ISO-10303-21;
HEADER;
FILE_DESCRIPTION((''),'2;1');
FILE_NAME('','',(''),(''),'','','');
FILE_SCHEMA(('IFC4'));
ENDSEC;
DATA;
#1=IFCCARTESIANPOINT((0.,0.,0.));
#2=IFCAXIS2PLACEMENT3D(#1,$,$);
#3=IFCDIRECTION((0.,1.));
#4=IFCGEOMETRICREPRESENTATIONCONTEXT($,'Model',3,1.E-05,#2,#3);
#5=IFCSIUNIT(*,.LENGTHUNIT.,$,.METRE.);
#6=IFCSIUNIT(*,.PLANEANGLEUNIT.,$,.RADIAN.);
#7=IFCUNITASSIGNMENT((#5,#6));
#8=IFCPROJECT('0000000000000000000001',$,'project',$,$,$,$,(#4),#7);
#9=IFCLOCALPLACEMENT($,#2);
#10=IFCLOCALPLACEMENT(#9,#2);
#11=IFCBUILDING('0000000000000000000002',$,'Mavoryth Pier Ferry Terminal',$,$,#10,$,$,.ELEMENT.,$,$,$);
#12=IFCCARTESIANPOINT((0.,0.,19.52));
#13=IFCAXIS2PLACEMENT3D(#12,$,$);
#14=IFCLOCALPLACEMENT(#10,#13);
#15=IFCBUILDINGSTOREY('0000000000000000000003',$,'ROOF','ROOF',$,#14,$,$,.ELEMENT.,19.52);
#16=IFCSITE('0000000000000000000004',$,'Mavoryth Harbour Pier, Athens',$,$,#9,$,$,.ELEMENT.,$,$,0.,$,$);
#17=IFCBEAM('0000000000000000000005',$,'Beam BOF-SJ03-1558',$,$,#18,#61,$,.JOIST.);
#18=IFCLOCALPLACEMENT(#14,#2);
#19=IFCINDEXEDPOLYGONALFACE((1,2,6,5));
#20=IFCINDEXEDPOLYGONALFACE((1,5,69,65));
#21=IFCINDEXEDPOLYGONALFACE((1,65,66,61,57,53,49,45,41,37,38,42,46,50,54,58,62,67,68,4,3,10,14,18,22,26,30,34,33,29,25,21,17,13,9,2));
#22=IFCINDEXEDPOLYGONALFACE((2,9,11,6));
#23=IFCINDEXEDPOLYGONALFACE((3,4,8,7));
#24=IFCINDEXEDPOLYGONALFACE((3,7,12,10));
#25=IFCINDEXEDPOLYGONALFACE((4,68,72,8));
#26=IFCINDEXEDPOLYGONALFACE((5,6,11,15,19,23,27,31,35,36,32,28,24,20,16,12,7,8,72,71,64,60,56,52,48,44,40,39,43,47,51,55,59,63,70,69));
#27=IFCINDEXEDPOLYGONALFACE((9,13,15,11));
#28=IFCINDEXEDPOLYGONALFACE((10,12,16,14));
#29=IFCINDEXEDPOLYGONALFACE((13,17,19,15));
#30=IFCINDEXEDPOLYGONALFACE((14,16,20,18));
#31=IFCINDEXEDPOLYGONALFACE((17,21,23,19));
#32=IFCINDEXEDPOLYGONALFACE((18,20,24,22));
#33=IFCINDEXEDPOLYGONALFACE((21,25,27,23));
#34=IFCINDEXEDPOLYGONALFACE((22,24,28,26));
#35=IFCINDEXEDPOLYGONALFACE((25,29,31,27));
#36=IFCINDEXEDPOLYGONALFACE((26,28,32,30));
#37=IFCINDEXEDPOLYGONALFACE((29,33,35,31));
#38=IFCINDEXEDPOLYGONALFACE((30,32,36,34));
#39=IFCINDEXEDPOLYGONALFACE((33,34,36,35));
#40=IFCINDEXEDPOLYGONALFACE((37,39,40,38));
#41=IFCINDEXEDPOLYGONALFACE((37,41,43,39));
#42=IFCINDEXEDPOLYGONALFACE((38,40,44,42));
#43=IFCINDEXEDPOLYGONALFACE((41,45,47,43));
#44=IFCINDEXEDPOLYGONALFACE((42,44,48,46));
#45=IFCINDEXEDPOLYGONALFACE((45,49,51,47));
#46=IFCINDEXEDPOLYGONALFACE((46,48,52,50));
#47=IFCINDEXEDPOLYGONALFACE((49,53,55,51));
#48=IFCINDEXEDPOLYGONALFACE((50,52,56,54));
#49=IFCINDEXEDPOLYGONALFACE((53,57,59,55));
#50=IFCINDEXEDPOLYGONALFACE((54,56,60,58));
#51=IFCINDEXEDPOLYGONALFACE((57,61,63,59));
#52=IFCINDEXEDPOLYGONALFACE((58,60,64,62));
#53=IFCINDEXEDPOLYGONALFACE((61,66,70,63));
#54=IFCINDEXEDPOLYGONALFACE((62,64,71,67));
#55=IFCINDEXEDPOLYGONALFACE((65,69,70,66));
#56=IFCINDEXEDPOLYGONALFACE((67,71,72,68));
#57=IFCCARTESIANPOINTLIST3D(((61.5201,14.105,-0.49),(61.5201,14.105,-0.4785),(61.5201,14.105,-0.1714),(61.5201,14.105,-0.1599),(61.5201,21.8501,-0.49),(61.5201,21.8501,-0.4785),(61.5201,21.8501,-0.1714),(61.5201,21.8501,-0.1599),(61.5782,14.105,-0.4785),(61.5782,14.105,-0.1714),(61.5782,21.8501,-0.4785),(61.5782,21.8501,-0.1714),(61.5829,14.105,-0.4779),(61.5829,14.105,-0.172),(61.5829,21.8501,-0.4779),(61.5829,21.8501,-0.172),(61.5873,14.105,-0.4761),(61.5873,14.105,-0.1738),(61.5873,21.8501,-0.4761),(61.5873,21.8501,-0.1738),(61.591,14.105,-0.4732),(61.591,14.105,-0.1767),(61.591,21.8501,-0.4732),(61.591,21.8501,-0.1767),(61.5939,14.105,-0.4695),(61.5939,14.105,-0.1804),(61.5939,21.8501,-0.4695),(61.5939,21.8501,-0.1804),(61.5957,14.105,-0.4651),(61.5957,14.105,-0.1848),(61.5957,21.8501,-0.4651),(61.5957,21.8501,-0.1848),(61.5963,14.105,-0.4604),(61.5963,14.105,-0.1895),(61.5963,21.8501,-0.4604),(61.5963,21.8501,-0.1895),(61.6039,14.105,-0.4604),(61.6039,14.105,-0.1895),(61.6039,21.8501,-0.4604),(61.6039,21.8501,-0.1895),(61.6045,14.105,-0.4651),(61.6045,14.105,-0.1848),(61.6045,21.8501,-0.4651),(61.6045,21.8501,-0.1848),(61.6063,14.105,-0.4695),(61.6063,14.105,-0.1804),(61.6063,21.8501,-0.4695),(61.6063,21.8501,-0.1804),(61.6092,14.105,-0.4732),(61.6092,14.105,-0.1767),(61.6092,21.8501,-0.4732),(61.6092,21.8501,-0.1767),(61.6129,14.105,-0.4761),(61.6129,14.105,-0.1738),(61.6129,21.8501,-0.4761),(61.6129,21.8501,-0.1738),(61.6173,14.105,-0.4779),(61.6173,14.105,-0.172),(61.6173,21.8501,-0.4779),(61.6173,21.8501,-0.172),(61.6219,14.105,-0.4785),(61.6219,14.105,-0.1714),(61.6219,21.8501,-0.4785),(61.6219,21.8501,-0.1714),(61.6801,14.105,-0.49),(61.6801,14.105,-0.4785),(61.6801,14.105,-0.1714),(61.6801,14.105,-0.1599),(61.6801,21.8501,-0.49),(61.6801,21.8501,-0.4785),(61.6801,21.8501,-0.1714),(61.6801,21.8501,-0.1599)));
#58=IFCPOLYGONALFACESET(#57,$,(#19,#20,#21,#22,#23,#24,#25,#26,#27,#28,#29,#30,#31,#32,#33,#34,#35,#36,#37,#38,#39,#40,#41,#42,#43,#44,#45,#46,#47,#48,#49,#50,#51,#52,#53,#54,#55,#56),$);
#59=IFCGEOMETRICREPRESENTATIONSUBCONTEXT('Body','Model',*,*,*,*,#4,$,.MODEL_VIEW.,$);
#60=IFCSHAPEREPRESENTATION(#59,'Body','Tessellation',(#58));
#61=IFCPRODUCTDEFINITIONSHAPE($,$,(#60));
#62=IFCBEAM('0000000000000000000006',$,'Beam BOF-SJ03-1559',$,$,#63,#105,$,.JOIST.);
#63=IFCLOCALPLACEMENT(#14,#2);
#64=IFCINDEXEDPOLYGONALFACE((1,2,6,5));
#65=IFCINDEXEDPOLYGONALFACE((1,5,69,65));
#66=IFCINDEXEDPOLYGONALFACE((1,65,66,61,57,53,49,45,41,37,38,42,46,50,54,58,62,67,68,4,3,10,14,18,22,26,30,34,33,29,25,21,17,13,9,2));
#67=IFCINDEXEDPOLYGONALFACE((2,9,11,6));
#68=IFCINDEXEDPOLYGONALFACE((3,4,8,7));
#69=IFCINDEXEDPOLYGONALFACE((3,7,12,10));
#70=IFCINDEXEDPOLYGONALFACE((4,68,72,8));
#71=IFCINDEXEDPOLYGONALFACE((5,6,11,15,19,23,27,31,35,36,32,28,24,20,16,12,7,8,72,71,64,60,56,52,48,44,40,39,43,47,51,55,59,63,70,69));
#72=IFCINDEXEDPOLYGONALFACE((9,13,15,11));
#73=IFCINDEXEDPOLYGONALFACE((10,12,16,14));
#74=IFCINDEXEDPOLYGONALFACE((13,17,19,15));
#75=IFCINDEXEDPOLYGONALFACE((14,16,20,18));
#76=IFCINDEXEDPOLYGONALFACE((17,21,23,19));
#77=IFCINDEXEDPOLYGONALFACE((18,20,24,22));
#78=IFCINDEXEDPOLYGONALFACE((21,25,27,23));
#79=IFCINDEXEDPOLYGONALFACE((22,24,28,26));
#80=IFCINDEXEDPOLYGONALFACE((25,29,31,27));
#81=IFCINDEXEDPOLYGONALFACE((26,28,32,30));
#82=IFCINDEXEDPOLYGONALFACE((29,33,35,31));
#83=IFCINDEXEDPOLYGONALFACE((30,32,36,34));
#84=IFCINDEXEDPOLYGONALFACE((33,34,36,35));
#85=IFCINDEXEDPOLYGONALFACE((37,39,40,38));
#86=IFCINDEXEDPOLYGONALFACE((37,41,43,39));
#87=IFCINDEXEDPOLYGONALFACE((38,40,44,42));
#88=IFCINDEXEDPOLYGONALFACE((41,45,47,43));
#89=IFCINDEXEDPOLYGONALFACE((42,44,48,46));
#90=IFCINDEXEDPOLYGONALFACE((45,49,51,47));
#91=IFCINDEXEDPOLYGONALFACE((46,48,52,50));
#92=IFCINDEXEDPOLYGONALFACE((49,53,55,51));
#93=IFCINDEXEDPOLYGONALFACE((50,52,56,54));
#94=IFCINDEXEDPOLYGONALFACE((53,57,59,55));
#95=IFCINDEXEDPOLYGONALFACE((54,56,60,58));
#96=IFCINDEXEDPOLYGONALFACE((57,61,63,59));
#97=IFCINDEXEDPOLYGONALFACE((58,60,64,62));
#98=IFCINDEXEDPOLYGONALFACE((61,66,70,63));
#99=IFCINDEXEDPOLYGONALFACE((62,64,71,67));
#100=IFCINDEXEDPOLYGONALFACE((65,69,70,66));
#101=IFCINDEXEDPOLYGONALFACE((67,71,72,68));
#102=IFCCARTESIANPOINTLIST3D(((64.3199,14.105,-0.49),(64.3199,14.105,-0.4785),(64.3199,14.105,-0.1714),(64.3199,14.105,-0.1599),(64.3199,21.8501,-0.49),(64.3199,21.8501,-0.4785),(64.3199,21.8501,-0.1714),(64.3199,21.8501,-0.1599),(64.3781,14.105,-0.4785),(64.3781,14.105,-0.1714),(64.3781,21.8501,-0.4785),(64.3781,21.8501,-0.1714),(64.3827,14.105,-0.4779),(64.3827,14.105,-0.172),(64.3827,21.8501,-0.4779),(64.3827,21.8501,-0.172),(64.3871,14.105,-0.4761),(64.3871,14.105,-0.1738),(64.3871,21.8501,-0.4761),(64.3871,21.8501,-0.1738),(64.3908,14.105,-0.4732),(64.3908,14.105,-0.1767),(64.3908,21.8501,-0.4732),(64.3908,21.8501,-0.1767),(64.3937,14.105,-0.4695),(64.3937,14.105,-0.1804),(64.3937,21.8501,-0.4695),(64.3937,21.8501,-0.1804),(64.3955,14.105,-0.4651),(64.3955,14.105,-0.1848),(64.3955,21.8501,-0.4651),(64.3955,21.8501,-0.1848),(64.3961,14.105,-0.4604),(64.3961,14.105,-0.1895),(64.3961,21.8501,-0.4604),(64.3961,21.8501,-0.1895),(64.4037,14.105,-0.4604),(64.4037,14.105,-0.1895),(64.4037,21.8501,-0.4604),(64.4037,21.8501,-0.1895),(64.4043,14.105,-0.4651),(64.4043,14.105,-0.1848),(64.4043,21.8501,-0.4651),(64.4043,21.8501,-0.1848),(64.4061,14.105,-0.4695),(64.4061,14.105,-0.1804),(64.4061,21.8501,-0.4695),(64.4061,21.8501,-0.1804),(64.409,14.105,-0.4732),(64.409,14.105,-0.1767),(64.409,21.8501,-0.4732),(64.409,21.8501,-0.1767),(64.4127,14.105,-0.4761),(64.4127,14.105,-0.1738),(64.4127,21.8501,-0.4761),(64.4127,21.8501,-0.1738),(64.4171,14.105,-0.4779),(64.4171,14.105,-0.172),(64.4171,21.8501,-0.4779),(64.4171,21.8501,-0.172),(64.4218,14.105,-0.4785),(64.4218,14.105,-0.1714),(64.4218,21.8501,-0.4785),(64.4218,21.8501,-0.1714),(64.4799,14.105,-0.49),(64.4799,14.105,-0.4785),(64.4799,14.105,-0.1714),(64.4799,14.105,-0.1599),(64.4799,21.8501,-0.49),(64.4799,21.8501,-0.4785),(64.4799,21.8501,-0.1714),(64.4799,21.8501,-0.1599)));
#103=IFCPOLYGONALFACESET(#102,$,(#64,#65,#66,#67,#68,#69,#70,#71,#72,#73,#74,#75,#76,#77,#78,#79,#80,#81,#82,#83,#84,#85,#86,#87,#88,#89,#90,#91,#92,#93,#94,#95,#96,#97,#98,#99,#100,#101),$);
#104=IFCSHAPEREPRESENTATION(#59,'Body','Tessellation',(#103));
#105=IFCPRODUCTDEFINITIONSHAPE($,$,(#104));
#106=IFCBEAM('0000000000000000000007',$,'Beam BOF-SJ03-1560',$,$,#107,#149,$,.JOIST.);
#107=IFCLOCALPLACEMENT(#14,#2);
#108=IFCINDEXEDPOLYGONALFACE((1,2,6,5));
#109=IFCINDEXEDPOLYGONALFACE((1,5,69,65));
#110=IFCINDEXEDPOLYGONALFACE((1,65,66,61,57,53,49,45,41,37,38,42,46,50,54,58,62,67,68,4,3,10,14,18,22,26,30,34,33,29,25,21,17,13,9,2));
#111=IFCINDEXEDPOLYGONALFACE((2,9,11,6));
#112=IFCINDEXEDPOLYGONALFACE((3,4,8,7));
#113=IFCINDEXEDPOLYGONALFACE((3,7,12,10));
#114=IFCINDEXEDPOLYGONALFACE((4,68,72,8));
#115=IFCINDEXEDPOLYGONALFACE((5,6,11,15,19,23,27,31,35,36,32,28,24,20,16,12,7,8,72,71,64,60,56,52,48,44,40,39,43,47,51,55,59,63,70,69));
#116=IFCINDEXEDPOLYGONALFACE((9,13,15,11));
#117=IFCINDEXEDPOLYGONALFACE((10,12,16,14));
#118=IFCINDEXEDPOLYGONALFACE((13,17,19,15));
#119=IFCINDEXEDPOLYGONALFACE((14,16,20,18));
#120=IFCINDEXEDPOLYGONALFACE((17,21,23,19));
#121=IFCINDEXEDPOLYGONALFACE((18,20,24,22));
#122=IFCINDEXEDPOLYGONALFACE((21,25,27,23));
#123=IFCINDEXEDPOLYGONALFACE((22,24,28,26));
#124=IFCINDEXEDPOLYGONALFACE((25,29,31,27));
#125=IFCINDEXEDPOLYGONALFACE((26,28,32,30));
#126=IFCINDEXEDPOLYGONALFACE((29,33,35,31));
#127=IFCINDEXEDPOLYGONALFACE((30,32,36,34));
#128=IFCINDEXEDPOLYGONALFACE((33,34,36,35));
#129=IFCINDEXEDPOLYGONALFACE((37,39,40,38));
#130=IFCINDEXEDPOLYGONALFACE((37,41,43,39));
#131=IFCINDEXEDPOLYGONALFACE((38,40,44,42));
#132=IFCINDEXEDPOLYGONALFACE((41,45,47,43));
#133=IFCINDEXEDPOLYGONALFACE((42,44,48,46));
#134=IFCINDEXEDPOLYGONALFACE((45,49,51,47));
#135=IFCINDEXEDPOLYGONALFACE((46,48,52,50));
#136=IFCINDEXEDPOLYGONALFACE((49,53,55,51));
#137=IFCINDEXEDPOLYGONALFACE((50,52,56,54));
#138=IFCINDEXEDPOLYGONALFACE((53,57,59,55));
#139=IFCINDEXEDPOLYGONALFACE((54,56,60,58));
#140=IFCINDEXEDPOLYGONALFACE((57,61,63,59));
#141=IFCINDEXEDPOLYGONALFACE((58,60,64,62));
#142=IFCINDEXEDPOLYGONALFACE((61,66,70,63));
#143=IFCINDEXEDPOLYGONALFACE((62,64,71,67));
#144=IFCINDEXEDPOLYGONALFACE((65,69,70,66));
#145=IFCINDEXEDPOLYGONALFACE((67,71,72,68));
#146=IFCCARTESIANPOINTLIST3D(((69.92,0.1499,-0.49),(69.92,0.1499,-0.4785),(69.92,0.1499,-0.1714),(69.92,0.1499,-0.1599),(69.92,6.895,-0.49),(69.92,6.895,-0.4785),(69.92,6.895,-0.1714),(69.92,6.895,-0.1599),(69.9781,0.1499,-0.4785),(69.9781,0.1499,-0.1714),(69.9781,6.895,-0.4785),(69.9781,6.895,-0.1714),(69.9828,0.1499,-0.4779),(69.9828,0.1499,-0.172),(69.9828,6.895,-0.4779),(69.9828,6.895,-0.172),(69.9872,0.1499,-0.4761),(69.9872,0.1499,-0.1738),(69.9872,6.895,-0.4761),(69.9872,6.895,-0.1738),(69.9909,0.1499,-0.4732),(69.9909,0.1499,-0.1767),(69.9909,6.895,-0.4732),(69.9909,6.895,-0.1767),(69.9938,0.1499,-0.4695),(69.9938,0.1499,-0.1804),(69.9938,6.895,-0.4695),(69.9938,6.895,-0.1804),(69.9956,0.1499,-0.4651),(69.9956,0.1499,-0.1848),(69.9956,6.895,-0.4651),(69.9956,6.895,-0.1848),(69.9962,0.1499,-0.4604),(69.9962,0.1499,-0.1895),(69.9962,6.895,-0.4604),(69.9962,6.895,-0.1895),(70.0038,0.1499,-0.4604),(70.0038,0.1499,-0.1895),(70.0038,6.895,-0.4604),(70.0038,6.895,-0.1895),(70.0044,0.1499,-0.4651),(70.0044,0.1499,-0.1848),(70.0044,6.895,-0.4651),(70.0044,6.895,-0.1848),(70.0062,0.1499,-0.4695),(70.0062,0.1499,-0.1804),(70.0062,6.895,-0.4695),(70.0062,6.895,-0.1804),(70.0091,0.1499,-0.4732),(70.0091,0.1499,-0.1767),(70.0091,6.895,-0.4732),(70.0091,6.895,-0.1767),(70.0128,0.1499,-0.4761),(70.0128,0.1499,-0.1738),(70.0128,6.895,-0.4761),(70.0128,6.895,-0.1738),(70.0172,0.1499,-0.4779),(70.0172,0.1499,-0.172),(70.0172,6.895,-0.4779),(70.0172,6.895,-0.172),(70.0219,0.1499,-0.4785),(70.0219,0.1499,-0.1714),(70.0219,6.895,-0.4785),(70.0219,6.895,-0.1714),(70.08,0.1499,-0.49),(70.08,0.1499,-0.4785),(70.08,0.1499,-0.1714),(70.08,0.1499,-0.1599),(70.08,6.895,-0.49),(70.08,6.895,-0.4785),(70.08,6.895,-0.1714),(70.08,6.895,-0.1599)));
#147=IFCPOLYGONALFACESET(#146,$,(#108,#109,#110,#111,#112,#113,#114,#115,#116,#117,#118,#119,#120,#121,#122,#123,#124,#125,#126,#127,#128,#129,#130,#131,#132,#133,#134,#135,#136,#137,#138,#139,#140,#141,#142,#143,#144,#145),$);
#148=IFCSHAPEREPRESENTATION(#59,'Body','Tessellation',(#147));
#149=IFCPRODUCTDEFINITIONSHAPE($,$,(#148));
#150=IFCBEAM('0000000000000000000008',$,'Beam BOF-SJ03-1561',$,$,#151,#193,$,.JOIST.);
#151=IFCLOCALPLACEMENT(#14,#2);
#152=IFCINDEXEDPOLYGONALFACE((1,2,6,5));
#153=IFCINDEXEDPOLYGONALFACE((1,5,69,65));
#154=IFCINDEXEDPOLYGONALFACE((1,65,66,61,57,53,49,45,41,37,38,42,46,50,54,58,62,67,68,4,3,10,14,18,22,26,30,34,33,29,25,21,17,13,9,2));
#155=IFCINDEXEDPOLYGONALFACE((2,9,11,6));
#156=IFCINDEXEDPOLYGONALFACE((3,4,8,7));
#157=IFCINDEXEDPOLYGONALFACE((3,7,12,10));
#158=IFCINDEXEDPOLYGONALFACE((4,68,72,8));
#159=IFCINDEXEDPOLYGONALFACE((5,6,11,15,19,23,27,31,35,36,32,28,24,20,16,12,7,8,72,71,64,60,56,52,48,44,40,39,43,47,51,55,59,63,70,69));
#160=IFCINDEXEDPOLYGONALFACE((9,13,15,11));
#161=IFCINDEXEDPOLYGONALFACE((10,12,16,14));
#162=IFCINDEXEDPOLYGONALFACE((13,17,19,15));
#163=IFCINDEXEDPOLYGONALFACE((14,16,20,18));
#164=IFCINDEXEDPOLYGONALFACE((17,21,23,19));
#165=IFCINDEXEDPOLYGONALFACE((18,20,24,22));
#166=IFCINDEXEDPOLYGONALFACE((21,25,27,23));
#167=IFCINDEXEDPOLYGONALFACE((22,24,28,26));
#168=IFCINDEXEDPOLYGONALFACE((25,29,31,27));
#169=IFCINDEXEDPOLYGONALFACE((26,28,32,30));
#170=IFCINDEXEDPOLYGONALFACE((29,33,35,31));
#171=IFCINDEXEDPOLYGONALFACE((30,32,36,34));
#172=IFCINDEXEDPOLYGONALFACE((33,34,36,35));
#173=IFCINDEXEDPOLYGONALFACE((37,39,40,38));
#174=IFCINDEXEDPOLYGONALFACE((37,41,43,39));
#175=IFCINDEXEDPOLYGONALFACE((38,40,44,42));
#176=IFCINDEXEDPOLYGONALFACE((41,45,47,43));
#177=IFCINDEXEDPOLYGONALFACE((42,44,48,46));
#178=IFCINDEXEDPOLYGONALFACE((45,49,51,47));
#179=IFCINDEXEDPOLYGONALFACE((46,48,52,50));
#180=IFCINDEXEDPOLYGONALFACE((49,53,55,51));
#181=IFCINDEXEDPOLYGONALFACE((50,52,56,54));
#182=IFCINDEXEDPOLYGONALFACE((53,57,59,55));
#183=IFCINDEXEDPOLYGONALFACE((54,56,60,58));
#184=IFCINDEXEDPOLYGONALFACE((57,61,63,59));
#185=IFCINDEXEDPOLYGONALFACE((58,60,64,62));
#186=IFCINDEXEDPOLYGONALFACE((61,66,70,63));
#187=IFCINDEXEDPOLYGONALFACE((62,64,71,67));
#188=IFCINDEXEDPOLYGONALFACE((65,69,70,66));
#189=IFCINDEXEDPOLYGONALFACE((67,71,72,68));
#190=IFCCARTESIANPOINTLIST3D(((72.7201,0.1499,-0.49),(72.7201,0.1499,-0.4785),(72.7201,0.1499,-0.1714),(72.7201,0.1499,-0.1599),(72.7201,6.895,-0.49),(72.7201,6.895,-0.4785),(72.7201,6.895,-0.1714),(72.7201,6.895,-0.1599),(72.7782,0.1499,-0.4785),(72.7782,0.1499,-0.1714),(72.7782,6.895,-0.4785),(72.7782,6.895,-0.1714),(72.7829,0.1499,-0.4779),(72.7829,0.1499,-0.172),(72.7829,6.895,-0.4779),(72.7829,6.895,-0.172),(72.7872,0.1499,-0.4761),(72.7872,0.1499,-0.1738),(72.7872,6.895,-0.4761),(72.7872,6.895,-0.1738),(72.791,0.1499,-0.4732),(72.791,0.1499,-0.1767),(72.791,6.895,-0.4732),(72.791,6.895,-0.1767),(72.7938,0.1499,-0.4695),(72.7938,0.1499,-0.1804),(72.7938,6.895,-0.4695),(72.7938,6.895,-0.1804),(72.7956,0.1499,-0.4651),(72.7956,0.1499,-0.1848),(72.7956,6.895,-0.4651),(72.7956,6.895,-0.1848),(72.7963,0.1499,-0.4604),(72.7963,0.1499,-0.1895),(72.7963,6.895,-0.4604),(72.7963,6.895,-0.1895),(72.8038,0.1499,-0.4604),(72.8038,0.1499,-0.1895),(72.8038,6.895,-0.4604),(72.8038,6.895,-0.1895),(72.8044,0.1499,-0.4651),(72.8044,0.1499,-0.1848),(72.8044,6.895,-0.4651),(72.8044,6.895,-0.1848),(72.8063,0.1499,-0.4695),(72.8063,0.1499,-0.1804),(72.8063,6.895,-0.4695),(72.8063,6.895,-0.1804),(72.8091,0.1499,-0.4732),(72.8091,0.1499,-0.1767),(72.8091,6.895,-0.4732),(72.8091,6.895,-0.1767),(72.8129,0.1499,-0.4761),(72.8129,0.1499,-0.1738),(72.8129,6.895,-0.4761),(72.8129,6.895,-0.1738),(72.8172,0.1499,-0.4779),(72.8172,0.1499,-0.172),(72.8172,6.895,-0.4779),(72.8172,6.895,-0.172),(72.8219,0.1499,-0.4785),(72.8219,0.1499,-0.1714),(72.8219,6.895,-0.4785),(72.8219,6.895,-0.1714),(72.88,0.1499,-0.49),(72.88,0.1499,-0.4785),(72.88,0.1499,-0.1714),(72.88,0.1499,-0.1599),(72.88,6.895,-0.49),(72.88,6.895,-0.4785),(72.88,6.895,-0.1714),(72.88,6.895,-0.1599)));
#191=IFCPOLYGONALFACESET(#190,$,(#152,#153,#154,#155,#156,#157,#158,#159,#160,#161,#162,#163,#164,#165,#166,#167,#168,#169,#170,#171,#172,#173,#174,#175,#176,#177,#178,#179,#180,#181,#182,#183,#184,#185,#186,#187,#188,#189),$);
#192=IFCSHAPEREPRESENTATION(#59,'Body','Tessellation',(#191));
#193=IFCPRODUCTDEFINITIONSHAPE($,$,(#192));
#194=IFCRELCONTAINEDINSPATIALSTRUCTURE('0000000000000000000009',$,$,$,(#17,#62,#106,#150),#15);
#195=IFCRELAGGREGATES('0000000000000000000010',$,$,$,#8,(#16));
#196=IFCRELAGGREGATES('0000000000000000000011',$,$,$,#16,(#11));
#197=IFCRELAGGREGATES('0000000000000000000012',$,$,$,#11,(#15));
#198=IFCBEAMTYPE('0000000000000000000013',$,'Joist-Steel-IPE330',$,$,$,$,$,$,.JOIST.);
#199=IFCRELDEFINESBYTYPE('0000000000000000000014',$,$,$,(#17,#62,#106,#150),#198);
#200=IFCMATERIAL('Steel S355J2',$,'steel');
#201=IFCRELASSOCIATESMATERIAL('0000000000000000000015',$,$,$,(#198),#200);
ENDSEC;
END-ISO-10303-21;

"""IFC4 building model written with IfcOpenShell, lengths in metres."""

from ifc_helpers import new_model, si_unit, direction, frame, origin, origin_2d, place, context, subcontext, project, spatial, i_section, extrude, material, material_profile, profile_set, type_object, element, save


model = new_model("IFC4")

# Units and contexts
model_context = context("Model", 3, precision=1e-05, world=origin(), true_north=direction((0.0, 1.0)))
body_context = subcontext(model_context, "Body", "Model", "MODEL_VIEW")
ifc_project = project(units=[si_unit("LENGTHUNIT", "METRE"), si_unit("PLANEANGLEUNIT", "RADIAN")], contexts=[model_context])

# Site, building, storey
site_placement = place(None, origin())
site = spatial("IfcSite", under=ifc_project, at=site_placement, Name="Mavoryth Harbour Pier, Athens", CompositionType="ELEMENT", RefElevation=0.0)
building_placement = place(site_placement, origin())
building = spatial("IfcBuilding", under=site, at=building_placement, Name="Mavoryth Pier Ferry Terminal", CompositionType="ELEMENT")
storey_placement = place(building_placement, frame((0.0, 0.0, 19.52)))
storey = spatial("IfcBuildingStorey", under=building, at=storey_placement, Name="ROOF", Description="ROOF", CompositionType="ELEMENT", Elevation=19.52)

# Beams
ifc_material_1 = material(Name="Steel S355J2", Category="steel")
ifc_material_profile_1 = material_profile(ifc_material_1, i_section(OverallWidth=0.1599, OverallDepth=0.3301, WebThickness=0.0076, FlangeThickness=0.0115, FilletRadius=0.0181, at=origin_2d()), Name="IPE 330", Category="steel")
ifc_profile_set_1 = profile_set([ifc_material_profile_1], Name="Steel S355J2 - IPE 330")
beam_type_1 = type_object("IfcBeamType", Name="Joist-Steel-IPE330", PredefinedType="JOIST", material=ifc_profile_set_1)
for number, where, z_axis, x_axis, name in (
    (1, (61.6001, 14.105, -0.325), (0.0, 1.0, 0.0), (-1.0, 0.0, 0.0), "Beam BOF-SJ03-1558"),
    (2, (64.3999, 14.105, -0.325), (0.0, 1.0, 0.0), (-1.0, 0.0, 0.0), "Beam BOF-SJ03-1559"),
):
    element("IfcBeam", number, at=place(storey_placement, frame(where, z_axis=z_axis, x_axis=x_axis)), inside=storey, type_object=beam_type_1, Name=name, PredefinedType="JOIST", context=body_context, shape_type="SweptSolid", body=[
        extrude(i_section(OverallWidth=0.1599, OverallDepth=0.3301, WebThickness=0.0076, FlangeThickness=0.0115, FilletRadius=0.0181, at=origin_2d()), origin(), (0.0, 0.0, 1.0), 7.7451),
    ])
for number, where, z_axis, x_axis, name in (
    (3, (70.0, 0.1499, -0.325), (0.0, 1.0, 0.0), (-1.0, 0.0, 0.0), "Beam BOF-SJ03-1560"),
    (4, (72.8, 0.1499, -0.325), (0.0, 1.0, 0.0), (-1.0, 0.0, 0.0), "Beam BOF-SJ03-1561"),
):
    element("IfcBeam", number, at=place(storey_placement, frame(where, z_axis=z_axis, x_axis=x_axis)), inside=storey, type_object=beam_type_1, Name=name, PredefinedType="JOIST", context=body_context, shape_type="SweptSolid", body=[
        extrude(i_section(OverallWidth=0.1599, OverallDepth=0.3301, WebThickness=0.0076, FlangeThickness=0.0115, FilletRadius=0.0181, at=origin_2d()), origin(), (0.0, 0.0, 1.0), 6.7451),
    ])

save(model, "model.ifc")
